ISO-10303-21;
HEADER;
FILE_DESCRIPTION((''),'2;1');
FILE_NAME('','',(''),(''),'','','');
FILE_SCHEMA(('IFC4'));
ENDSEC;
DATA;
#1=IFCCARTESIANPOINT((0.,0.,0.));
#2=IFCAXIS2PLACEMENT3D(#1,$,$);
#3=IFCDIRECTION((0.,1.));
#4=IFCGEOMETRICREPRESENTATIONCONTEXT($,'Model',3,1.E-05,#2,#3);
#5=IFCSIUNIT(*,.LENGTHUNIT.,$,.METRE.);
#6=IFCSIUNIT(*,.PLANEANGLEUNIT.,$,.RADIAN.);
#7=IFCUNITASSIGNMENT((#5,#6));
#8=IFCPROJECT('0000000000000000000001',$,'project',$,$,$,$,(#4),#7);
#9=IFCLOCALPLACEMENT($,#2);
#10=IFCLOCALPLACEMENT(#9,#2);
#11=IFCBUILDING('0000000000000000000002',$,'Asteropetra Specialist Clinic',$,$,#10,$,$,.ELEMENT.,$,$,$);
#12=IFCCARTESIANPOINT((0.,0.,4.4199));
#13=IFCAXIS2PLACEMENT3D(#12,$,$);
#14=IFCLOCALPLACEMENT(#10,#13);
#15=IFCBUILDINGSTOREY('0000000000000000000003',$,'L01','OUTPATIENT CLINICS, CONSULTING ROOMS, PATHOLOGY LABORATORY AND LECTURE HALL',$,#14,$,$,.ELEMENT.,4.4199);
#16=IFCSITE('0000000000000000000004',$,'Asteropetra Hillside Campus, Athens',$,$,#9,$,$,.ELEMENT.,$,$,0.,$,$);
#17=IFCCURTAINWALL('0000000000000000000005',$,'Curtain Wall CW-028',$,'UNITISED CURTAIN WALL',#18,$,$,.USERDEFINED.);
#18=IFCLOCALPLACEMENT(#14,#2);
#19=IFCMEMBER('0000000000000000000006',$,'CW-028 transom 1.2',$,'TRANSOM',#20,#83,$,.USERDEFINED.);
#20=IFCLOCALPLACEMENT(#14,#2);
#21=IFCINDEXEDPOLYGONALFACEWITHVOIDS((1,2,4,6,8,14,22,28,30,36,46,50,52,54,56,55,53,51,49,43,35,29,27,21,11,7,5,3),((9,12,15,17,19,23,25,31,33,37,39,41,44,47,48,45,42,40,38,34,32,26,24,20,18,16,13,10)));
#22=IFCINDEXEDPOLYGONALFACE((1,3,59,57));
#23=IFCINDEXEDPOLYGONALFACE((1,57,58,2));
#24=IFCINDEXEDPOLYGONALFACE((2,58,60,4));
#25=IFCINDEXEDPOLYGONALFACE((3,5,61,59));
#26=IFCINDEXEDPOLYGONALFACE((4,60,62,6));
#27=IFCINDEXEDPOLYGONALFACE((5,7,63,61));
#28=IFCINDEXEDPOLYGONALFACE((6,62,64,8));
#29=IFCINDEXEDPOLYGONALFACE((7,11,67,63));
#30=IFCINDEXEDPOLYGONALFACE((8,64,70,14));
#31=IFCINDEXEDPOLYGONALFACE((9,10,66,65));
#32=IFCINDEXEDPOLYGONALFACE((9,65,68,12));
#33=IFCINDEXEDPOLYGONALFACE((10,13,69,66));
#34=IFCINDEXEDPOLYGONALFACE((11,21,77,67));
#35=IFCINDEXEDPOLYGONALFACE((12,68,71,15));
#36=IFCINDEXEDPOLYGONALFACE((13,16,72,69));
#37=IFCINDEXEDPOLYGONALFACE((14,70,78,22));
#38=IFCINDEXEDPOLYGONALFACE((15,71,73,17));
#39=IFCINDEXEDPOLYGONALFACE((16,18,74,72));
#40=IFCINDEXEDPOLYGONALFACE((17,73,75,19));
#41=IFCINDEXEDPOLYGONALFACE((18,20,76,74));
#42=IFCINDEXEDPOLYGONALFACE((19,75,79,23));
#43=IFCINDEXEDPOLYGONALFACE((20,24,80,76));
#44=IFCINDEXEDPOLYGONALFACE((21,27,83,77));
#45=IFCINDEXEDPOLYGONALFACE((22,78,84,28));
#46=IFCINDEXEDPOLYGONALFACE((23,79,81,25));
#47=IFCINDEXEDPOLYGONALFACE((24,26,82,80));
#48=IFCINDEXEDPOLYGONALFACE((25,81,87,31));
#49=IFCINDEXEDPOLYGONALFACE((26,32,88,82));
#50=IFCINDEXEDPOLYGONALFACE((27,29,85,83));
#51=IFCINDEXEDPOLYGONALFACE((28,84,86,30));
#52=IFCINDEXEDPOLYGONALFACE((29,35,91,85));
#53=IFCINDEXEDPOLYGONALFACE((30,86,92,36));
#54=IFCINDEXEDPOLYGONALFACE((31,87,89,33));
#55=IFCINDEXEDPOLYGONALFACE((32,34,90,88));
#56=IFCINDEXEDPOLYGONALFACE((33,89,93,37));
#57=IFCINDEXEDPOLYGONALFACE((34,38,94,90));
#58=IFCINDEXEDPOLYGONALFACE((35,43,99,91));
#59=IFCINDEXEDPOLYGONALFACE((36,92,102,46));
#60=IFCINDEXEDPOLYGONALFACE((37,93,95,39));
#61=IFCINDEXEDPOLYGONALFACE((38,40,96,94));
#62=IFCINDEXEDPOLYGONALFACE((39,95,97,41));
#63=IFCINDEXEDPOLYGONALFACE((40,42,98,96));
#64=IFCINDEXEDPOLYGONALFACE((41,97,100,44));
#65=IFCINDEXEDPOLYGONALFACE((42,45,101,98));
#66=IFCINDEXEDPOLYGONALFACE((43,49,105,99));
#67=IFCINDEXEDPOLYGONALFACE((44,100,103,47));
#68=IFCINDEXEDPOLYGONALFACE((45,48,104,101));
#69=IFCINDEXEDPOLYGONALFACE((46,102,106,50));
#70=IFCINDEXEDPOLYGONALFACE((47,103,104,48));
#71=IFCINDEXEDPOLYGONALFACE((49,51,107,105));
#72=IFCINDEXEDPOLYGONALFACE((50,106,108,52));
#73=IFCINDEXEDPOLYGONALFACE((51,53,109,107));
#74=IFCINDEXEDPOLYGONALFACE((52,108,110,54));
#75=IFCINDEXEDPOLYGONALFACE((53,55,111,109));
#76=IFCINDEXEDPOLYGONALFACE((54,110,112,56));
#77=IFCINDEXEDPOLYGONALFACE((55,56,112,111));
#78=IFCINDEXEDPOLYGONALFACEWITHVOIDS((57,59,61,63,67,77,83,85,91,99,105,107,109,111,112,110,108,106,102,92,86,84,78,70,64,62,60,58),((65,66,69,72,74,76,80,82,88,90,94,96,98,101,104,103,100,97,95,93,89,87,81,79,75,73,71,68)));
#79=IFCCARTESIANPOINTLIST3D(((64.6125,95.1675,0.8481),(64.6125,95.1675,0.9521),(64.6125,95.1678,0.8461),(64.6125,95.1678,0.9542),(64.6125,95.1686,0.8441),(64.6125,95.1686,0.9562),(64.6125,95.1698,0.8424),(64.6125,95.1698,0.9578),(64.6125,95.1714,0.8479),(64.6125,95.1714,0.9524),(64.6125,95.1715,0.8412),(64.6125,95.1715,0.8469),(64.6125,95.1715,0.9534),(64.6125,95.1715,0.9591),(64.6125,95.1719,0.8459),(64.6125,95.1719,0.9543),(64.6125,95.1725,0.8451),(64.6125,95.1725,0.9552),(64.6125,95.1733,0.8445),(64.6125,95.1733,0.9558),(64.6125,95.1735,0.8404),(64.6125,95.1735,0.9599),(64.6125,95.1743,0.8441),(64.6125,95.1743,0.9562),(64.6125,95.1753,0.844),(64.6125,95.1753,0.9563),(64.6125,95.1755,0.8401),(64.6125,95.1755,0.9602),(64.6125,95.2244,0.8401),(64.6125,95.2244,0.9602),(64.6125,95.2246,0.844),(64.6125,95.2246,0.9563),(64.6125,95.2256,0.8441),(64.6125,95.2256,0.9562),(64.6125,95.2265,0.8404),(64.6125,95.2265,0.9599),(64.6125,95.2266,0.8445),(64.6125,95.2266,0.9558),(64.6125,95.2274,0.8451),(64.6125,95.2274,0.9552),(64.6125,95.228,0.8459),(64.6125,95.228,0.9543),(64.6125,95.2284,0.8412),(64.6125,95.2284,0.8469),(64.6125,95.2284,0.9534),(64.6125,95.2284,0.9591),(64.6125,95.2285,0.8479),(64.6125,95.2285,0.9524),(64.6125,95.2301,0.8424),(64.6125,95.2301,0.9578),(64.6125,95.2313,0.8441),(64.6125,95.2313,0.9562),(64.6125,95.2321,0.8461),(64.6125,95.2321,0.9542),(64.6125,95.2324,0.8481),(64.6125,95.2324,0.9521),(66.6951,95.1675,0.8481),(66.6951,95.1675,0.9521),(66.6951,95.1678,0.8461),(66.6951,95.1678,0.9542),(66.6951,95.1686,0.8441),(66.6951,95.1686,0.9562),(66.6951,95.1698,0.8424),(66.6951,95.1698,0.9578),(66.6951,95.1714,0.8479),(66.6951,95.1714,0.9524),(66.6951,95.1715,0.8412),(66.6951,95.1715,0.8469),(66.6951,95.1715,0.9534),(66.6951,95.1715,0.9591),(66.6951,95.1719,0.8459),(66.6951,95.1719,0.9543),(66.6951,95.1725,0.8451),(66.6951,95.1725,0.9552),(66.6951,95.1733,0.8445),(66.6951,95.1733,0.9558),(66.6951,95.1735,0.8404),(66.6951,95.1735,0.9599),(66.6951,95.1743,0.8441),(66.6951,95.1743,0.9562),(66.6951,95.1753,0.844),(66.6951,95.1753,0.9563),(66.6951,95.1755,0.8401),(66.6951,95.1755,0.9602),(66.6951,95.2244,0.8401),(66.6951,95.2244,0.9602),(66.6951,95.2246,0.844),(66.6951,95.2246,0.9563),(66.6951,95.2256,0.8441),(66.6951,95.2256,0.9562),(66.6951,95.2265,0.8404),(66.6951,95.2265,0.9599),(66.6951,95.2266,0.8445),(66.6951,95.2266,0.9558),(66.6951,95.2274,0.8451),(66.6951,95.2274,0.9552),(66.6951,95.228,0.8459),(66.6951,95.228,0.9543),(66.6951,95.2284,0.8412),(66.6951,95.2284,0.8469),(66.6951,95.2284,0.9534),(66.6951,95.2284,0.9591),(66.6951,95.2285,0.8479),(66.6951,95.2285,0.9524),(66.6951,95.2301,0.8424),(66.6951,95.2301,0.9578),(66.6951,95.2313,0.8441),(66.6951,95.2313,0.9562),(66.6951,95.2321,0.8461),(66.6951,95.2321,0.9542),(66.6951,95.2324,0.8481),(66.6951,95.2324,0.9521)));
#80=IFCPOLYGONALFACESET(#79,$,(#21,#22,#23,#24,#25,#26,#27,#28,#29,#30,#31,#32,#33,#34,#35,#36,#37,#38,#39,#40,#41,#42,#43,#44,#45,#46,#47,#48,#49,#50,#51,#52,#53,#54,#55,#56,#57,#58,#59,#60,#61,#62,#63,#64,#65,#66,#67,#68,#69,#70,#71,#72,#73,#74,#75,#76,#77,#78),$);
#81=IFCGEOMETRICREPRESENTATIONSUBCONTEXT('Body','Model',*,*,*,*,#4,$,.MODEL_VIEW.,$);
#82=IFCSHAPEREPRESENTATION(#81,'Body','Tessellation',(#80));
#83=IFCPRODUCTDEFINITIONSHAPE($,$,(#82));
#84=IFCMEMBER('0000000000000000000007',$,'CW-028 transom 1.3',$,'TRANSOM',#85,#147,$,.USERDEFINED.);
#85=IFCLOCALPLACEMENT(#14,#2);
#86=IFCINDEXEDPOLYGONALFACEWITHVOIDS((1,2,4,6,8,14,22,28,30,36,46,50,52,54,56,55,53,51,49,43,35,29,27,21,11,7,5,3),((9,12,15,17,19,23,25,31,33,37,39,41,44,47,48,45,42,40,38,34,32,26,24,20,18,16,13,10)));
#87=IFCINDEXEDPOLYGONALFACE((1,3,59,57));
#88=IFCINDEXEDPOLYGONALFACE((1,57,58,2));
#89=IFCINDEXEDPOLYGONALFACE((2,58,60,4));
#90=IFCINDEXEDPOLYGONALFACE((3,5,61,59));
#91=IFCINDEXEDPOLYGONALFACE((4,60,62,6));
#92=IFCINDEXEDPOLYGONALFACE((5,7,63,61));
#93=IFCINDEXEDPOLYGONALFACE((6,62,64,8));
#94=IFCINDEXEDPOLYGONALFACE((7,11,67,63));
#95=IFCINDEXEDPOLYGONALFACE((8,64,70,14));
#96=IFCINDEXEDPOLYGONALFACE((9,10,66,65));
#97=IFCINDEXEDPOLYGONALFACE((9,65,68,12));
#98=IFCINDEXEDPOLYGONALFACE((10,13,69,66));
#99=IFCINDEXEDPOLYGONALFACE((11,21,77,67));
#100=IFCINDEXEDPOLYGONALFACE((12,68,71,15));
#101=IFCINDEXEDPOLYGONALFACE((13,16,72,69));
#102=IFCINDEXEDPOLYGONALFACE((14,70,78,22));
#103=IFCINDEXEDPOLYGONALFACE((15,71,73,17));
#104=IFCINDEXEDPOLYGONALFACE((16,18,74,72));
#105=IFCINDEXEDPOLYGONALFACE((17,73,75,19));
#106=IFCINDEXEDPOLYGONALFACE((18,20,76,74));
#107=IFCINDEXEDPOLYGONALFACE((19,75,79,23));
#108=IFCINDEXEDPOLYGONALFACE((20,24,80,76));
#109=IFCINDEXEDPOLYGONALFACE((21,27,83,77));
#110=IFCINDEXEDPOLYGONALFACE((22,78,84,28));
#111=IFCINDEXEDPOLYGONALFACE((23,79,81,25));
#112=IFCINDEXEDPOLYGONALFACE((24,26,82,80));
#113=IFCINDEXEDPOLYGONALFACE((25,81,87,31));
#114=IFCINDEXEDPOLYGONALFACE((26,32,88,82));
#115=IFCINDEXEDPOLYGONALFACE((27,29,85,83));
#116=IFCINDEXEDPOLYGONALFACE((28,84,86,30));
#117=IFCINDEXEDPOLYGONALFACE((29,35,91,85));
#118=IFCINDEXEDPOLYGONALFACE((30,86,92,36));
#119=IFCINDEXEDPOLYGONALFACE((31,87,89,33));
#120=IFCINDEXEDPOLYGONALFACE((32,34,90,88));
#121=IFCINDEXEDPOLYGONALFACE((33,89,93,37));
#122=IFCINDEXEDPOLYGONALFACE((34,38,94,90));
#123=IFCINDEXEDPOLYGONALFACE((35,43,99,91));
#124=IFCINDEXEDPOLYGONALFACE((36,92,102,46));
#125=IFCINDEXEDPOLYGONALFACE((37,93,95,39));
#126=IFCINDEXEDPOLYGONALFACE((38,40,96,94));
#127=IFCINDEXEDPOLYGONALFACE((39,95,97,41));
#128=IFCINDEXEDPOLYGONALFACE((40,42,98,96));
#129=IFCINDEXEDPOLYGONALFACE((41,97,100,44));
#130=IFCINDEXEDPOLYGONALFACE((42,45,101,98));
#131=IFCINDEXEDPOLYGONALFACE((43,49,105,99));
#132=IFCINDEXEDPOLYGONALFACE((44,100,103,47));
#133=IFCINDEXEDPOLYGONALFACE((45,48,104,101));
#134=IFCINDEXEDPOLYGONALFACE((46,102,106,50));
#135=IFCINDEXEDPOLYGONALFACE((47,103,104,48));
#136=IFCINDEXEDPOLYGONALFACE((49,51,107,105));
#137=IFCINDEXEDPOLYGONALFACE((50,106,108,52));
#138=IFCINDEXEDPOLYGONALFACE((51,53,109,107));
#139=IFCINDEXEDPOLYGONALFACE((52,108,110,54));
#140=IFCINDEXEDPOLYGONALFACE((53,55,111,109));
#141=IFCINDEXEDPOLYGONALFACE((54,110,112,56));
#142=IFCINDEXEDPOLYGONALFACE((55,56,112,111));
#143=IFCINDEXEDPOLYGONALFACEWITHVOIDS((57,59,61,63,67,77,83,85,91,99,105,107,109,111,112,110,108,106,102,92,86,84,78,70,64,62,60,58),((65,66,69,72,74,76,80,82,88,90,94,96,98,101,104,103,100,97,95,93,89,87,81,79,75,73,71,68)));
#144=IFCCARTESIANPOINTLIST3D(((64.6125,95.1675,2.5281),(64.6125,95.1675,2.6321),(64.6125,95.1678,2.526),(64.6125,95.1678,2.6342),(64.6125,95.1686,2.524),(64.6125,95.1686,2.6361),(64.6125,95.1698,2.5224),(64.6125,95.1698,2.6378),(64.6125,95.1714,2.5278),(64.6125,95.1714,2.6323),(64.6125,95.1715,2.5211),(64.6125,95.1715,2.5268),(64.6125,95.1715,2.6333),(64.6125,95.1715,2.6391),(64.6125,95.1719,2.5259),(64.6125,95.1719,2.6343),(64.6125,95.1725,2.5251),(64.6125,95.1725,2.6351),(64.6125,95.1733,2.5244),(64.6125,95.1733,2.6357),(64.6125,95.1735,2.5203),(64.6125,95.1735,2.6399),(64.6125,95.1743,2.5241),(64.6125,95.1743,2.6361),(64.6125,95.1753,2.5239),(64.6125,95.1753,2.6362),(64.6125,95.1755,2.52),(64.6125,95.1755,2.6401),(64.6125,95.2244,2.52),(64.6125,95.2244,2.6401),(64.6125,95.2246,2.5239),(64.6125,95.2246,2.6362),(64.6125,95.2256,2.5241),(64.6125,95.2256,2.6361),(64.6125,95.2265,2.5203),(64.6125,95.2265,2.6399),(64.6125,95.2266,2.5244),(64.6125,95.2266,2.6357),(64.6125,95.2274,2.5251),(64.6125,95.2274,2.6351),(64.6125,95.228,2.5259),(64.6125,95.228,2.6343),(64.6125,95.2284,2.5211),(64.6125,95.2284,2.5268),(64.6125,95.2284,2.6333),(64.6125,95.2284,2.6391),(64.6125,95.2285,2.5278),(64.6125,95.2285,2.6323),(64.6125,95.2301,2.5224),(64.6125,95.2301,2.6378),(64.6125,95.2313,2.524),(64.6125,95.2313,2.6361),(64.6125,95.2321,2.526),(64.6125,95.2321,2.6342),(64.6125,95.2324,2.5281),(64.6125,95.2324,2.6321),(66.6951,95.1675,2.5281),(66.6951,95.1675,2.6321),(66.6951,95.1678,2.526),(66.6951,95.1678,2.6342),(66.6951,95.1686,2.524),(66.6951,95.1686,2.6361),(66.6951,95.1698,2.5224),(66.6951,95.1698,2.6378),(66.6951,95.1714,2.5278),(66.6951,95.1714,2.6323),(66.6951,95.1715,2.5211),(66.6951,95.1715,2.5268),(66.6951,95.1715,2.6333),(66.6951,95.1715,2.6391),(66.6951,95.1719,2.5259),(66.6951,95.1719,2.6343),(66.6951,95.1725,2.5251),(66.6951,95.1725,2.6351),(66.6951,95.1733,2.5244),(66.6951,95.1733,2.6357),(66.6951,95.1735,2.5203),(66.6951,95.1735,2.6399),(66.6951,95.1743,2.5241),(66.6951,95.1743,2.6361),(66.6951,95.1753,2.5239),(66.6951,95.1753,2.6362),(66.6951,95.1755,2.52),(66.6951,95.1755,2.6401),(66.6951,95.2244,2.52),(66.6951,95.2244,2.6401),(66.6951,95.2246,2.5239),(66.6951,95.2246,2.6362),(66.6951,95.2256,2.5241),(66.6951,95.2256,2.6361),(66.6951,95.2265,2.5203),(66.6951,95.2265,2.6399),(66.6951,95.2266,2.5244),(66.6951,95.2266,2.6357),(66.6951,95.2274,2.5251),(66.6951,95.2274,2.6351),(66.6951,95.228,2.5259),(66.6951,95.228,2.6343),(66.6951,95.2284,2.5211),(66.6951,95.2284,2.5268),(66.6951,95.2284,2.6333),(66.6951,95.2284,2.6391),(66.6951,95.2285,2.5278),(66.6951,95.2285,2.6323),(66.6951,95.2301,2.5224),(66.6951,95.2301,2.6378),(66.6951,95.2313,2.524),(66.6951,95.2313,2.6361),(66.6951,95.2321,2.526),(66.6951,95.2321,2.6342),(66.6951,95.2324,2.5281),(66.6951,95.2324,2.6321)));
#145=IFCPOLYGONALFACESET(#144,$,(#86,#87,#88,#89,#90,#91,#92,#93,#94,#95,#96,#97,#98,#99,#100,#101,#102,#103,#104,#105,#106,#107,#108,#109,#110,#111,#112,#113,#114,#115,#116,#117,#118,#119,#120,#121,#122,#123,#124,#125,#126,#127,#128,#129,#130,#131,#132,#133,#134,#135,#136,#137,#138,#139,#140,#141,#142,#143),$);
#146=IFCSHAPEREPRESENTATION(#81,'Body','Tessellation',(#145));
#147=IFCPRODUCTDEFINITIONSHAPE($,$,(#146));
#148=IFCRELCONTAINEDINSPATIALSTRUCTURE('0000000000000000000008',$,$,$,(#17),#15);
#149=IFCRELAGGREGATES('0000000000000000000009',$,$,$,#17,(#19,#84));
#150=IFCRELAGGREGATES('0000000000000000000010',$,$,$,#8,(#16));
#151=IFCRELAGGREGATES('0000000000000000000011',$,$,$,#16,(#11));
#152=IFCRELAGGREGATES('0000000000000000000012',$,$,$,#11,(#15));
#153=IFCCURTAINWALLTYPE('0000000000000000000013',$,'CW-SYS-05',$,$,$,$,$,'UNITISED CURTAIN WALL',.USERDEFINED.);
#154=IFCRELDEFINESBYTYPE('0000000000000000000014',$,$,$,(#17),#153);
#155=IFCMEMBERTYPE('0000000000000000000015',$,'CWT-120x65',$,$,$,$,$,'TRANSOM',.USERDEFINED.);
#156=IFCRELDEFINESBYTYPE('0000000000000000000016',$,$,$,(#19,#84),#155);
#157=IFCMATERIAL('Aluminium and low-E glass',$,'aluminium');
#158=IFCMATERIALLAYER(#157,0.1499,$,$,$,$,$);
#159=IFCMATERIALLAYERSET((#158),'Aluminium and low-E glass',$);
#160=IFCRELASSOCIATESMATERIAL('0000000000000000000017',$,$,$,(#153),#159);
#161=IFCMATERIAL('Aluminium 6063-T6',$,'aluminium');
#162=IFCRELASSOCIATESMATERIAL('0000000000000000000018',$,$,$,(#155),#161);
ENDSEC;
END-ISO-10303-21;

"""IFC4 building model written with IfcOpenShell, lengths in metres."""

from ifc_helpers import new_model, si_unit, direction, frame, origin, origin_2d, place, context, subcontext, project, spatial, hollow_rectangle, extrude, material, layer, layer_set, material_profile, profile_set, type_object, element, aggregate, save


model = new_model("IFC4")

# Units and contexts
model_context = context("Model", 3, precision=1e-05, world=origin(), true_north=direction((0.0, 1.0)))
body_context = subcontext(model_context, "Body", "Model", "MODEL_VIEW")
ifc_project = project(units=[si_unit("LENGTHUNIT", "METRE"), si_unit("PLANEANGLEUNIT", "RADIAN")], contexts=[model_context])

# Site, building, storey
site_placement = place(None, origin())
site = spatial("IfcSite", under=ifc_project, at=site_placement, Name="Asteropetra Hillside Campus, Athens", CompositionType="ELEMENT", RefElevation=0.0)
building_placement = place(site_placement, origin())
building = spatial("IfcBuilding", under=site, at=building_placement, Name="Asteropetra Specialist Clinic", CompositionType="ELEMENT")
storey_placement = place(building_placement, frame((0.0, 0.0, 4.4199)))
storey = spatial("IfcBuildingStorey", under=building, at=storey_placement, Name="L01", Description="OUTPATIENT CLINICS, CONSULTING ROOMS, PATHOLOGY LABORATORY AND LECTURE HALL", CompositionType="ELEMENT", Elevation=4.4199)

# Curtain wall, members
ifc_material_1 = material(Name="Aluminium and low-E glass", Category="aluminium")
ifc_layer_1 = layer(ifc_material_1, 0.1499)
ifc_layer_set_1 = layer_set([ifc_layer_1], Name="Aluminium and low-E glass")
curtain_wall_type = type_object("IfcCurtainWallType", Name="CW-SYS-05", ElementType="UNITISED CURTAIN WALL", PredefinedType="USERDEFINED", material=ifc_layer_set_1)
curtain_wall_placement = place(storey_placement, origin())
curtain_wall = element("IfcCurtainWall", 1, at=curtain_wall_placement, inside=storey, type_object=curtain_wall_type, Name="Curtain Wall CW-028", ObjectType="UNITISED CURTAIN WALL", PredefinedType="USERDEFINED")
ifc_material_2 = material(Name="Aluminium 6063-T6", Category="aluminium")
ifc_material_profile_1 = material_profile(ifc_material_2, hollow_rectangle(XDim=0.0649, YDim=0.1201, WallThickness=0.0039, InnerFilletRadius=0.0039, OuterFilletRadius=0.0081, at=origin_2d()), Name="TRN 120x65x4.0")
ifc_profile_set_1 = profile_set([ifc_material_profile_1], Name="Aluminium 6063-T6")
member_type_1 = type_object("IfcMemberType", Name="CWT-120x65", ElementType="TRANSOM", PredefinedType="USERDEFINED", material=ifc_profile_set_1)
member_1_placement = place(storey_placement, frame((66.6951, 95.2, 0.9001), z_axis=(-1.0, 0.0, 0.0), x_axis=(0.0, -1.0, 0.0)))
member_1 = element("IfcMember", 2, at=member_1_placement, type_object=member_type_1, Name="CW-028 transom 1.2", ObjectType="TRANSOM", PredefinedType="USERDEFINED", context=body_context, shape_type="SweptSolid", body=[
    extrude(hollow_rectangle(XDim=0.0649, YDim=0.1201, WallThickness=0.0039, InnerFilletRadius=0.0039, OuterFilletRadius=0.0081, at=origin_2d()), origin(), (0.0, 0.0, 1.0), 2.0825),
])
member_2_placement = place(storey_placement, frame((66.6951, 95.2, 2.5801), z_axis=(-1.0, 0.0, 0.0), x_axis=(0.0, -1.0, 0.0)))
member_2 = element("IfcMember", 3, at=member_2_placement, type_object=member_type_1, Name="CW-028 transom 1.3", ObjectType="TRANSOM", PredefinedType="USERDEFINED", context=body_context, shape_type="SweptSolid", body=[
    extrude(hollow_rectangle(XDim=0.0649, YDim=0.1201, WallThickness=0.0039, InnerFilletRadius=0.0039, OuterFilletRadius=0.0081, at=origin_2d()), origin(), (0.0, 0.0, 1.0), 2.0825),
])
aggregate(curtain_wall, [member_1, member_2])

save(model, "model.ifc")
